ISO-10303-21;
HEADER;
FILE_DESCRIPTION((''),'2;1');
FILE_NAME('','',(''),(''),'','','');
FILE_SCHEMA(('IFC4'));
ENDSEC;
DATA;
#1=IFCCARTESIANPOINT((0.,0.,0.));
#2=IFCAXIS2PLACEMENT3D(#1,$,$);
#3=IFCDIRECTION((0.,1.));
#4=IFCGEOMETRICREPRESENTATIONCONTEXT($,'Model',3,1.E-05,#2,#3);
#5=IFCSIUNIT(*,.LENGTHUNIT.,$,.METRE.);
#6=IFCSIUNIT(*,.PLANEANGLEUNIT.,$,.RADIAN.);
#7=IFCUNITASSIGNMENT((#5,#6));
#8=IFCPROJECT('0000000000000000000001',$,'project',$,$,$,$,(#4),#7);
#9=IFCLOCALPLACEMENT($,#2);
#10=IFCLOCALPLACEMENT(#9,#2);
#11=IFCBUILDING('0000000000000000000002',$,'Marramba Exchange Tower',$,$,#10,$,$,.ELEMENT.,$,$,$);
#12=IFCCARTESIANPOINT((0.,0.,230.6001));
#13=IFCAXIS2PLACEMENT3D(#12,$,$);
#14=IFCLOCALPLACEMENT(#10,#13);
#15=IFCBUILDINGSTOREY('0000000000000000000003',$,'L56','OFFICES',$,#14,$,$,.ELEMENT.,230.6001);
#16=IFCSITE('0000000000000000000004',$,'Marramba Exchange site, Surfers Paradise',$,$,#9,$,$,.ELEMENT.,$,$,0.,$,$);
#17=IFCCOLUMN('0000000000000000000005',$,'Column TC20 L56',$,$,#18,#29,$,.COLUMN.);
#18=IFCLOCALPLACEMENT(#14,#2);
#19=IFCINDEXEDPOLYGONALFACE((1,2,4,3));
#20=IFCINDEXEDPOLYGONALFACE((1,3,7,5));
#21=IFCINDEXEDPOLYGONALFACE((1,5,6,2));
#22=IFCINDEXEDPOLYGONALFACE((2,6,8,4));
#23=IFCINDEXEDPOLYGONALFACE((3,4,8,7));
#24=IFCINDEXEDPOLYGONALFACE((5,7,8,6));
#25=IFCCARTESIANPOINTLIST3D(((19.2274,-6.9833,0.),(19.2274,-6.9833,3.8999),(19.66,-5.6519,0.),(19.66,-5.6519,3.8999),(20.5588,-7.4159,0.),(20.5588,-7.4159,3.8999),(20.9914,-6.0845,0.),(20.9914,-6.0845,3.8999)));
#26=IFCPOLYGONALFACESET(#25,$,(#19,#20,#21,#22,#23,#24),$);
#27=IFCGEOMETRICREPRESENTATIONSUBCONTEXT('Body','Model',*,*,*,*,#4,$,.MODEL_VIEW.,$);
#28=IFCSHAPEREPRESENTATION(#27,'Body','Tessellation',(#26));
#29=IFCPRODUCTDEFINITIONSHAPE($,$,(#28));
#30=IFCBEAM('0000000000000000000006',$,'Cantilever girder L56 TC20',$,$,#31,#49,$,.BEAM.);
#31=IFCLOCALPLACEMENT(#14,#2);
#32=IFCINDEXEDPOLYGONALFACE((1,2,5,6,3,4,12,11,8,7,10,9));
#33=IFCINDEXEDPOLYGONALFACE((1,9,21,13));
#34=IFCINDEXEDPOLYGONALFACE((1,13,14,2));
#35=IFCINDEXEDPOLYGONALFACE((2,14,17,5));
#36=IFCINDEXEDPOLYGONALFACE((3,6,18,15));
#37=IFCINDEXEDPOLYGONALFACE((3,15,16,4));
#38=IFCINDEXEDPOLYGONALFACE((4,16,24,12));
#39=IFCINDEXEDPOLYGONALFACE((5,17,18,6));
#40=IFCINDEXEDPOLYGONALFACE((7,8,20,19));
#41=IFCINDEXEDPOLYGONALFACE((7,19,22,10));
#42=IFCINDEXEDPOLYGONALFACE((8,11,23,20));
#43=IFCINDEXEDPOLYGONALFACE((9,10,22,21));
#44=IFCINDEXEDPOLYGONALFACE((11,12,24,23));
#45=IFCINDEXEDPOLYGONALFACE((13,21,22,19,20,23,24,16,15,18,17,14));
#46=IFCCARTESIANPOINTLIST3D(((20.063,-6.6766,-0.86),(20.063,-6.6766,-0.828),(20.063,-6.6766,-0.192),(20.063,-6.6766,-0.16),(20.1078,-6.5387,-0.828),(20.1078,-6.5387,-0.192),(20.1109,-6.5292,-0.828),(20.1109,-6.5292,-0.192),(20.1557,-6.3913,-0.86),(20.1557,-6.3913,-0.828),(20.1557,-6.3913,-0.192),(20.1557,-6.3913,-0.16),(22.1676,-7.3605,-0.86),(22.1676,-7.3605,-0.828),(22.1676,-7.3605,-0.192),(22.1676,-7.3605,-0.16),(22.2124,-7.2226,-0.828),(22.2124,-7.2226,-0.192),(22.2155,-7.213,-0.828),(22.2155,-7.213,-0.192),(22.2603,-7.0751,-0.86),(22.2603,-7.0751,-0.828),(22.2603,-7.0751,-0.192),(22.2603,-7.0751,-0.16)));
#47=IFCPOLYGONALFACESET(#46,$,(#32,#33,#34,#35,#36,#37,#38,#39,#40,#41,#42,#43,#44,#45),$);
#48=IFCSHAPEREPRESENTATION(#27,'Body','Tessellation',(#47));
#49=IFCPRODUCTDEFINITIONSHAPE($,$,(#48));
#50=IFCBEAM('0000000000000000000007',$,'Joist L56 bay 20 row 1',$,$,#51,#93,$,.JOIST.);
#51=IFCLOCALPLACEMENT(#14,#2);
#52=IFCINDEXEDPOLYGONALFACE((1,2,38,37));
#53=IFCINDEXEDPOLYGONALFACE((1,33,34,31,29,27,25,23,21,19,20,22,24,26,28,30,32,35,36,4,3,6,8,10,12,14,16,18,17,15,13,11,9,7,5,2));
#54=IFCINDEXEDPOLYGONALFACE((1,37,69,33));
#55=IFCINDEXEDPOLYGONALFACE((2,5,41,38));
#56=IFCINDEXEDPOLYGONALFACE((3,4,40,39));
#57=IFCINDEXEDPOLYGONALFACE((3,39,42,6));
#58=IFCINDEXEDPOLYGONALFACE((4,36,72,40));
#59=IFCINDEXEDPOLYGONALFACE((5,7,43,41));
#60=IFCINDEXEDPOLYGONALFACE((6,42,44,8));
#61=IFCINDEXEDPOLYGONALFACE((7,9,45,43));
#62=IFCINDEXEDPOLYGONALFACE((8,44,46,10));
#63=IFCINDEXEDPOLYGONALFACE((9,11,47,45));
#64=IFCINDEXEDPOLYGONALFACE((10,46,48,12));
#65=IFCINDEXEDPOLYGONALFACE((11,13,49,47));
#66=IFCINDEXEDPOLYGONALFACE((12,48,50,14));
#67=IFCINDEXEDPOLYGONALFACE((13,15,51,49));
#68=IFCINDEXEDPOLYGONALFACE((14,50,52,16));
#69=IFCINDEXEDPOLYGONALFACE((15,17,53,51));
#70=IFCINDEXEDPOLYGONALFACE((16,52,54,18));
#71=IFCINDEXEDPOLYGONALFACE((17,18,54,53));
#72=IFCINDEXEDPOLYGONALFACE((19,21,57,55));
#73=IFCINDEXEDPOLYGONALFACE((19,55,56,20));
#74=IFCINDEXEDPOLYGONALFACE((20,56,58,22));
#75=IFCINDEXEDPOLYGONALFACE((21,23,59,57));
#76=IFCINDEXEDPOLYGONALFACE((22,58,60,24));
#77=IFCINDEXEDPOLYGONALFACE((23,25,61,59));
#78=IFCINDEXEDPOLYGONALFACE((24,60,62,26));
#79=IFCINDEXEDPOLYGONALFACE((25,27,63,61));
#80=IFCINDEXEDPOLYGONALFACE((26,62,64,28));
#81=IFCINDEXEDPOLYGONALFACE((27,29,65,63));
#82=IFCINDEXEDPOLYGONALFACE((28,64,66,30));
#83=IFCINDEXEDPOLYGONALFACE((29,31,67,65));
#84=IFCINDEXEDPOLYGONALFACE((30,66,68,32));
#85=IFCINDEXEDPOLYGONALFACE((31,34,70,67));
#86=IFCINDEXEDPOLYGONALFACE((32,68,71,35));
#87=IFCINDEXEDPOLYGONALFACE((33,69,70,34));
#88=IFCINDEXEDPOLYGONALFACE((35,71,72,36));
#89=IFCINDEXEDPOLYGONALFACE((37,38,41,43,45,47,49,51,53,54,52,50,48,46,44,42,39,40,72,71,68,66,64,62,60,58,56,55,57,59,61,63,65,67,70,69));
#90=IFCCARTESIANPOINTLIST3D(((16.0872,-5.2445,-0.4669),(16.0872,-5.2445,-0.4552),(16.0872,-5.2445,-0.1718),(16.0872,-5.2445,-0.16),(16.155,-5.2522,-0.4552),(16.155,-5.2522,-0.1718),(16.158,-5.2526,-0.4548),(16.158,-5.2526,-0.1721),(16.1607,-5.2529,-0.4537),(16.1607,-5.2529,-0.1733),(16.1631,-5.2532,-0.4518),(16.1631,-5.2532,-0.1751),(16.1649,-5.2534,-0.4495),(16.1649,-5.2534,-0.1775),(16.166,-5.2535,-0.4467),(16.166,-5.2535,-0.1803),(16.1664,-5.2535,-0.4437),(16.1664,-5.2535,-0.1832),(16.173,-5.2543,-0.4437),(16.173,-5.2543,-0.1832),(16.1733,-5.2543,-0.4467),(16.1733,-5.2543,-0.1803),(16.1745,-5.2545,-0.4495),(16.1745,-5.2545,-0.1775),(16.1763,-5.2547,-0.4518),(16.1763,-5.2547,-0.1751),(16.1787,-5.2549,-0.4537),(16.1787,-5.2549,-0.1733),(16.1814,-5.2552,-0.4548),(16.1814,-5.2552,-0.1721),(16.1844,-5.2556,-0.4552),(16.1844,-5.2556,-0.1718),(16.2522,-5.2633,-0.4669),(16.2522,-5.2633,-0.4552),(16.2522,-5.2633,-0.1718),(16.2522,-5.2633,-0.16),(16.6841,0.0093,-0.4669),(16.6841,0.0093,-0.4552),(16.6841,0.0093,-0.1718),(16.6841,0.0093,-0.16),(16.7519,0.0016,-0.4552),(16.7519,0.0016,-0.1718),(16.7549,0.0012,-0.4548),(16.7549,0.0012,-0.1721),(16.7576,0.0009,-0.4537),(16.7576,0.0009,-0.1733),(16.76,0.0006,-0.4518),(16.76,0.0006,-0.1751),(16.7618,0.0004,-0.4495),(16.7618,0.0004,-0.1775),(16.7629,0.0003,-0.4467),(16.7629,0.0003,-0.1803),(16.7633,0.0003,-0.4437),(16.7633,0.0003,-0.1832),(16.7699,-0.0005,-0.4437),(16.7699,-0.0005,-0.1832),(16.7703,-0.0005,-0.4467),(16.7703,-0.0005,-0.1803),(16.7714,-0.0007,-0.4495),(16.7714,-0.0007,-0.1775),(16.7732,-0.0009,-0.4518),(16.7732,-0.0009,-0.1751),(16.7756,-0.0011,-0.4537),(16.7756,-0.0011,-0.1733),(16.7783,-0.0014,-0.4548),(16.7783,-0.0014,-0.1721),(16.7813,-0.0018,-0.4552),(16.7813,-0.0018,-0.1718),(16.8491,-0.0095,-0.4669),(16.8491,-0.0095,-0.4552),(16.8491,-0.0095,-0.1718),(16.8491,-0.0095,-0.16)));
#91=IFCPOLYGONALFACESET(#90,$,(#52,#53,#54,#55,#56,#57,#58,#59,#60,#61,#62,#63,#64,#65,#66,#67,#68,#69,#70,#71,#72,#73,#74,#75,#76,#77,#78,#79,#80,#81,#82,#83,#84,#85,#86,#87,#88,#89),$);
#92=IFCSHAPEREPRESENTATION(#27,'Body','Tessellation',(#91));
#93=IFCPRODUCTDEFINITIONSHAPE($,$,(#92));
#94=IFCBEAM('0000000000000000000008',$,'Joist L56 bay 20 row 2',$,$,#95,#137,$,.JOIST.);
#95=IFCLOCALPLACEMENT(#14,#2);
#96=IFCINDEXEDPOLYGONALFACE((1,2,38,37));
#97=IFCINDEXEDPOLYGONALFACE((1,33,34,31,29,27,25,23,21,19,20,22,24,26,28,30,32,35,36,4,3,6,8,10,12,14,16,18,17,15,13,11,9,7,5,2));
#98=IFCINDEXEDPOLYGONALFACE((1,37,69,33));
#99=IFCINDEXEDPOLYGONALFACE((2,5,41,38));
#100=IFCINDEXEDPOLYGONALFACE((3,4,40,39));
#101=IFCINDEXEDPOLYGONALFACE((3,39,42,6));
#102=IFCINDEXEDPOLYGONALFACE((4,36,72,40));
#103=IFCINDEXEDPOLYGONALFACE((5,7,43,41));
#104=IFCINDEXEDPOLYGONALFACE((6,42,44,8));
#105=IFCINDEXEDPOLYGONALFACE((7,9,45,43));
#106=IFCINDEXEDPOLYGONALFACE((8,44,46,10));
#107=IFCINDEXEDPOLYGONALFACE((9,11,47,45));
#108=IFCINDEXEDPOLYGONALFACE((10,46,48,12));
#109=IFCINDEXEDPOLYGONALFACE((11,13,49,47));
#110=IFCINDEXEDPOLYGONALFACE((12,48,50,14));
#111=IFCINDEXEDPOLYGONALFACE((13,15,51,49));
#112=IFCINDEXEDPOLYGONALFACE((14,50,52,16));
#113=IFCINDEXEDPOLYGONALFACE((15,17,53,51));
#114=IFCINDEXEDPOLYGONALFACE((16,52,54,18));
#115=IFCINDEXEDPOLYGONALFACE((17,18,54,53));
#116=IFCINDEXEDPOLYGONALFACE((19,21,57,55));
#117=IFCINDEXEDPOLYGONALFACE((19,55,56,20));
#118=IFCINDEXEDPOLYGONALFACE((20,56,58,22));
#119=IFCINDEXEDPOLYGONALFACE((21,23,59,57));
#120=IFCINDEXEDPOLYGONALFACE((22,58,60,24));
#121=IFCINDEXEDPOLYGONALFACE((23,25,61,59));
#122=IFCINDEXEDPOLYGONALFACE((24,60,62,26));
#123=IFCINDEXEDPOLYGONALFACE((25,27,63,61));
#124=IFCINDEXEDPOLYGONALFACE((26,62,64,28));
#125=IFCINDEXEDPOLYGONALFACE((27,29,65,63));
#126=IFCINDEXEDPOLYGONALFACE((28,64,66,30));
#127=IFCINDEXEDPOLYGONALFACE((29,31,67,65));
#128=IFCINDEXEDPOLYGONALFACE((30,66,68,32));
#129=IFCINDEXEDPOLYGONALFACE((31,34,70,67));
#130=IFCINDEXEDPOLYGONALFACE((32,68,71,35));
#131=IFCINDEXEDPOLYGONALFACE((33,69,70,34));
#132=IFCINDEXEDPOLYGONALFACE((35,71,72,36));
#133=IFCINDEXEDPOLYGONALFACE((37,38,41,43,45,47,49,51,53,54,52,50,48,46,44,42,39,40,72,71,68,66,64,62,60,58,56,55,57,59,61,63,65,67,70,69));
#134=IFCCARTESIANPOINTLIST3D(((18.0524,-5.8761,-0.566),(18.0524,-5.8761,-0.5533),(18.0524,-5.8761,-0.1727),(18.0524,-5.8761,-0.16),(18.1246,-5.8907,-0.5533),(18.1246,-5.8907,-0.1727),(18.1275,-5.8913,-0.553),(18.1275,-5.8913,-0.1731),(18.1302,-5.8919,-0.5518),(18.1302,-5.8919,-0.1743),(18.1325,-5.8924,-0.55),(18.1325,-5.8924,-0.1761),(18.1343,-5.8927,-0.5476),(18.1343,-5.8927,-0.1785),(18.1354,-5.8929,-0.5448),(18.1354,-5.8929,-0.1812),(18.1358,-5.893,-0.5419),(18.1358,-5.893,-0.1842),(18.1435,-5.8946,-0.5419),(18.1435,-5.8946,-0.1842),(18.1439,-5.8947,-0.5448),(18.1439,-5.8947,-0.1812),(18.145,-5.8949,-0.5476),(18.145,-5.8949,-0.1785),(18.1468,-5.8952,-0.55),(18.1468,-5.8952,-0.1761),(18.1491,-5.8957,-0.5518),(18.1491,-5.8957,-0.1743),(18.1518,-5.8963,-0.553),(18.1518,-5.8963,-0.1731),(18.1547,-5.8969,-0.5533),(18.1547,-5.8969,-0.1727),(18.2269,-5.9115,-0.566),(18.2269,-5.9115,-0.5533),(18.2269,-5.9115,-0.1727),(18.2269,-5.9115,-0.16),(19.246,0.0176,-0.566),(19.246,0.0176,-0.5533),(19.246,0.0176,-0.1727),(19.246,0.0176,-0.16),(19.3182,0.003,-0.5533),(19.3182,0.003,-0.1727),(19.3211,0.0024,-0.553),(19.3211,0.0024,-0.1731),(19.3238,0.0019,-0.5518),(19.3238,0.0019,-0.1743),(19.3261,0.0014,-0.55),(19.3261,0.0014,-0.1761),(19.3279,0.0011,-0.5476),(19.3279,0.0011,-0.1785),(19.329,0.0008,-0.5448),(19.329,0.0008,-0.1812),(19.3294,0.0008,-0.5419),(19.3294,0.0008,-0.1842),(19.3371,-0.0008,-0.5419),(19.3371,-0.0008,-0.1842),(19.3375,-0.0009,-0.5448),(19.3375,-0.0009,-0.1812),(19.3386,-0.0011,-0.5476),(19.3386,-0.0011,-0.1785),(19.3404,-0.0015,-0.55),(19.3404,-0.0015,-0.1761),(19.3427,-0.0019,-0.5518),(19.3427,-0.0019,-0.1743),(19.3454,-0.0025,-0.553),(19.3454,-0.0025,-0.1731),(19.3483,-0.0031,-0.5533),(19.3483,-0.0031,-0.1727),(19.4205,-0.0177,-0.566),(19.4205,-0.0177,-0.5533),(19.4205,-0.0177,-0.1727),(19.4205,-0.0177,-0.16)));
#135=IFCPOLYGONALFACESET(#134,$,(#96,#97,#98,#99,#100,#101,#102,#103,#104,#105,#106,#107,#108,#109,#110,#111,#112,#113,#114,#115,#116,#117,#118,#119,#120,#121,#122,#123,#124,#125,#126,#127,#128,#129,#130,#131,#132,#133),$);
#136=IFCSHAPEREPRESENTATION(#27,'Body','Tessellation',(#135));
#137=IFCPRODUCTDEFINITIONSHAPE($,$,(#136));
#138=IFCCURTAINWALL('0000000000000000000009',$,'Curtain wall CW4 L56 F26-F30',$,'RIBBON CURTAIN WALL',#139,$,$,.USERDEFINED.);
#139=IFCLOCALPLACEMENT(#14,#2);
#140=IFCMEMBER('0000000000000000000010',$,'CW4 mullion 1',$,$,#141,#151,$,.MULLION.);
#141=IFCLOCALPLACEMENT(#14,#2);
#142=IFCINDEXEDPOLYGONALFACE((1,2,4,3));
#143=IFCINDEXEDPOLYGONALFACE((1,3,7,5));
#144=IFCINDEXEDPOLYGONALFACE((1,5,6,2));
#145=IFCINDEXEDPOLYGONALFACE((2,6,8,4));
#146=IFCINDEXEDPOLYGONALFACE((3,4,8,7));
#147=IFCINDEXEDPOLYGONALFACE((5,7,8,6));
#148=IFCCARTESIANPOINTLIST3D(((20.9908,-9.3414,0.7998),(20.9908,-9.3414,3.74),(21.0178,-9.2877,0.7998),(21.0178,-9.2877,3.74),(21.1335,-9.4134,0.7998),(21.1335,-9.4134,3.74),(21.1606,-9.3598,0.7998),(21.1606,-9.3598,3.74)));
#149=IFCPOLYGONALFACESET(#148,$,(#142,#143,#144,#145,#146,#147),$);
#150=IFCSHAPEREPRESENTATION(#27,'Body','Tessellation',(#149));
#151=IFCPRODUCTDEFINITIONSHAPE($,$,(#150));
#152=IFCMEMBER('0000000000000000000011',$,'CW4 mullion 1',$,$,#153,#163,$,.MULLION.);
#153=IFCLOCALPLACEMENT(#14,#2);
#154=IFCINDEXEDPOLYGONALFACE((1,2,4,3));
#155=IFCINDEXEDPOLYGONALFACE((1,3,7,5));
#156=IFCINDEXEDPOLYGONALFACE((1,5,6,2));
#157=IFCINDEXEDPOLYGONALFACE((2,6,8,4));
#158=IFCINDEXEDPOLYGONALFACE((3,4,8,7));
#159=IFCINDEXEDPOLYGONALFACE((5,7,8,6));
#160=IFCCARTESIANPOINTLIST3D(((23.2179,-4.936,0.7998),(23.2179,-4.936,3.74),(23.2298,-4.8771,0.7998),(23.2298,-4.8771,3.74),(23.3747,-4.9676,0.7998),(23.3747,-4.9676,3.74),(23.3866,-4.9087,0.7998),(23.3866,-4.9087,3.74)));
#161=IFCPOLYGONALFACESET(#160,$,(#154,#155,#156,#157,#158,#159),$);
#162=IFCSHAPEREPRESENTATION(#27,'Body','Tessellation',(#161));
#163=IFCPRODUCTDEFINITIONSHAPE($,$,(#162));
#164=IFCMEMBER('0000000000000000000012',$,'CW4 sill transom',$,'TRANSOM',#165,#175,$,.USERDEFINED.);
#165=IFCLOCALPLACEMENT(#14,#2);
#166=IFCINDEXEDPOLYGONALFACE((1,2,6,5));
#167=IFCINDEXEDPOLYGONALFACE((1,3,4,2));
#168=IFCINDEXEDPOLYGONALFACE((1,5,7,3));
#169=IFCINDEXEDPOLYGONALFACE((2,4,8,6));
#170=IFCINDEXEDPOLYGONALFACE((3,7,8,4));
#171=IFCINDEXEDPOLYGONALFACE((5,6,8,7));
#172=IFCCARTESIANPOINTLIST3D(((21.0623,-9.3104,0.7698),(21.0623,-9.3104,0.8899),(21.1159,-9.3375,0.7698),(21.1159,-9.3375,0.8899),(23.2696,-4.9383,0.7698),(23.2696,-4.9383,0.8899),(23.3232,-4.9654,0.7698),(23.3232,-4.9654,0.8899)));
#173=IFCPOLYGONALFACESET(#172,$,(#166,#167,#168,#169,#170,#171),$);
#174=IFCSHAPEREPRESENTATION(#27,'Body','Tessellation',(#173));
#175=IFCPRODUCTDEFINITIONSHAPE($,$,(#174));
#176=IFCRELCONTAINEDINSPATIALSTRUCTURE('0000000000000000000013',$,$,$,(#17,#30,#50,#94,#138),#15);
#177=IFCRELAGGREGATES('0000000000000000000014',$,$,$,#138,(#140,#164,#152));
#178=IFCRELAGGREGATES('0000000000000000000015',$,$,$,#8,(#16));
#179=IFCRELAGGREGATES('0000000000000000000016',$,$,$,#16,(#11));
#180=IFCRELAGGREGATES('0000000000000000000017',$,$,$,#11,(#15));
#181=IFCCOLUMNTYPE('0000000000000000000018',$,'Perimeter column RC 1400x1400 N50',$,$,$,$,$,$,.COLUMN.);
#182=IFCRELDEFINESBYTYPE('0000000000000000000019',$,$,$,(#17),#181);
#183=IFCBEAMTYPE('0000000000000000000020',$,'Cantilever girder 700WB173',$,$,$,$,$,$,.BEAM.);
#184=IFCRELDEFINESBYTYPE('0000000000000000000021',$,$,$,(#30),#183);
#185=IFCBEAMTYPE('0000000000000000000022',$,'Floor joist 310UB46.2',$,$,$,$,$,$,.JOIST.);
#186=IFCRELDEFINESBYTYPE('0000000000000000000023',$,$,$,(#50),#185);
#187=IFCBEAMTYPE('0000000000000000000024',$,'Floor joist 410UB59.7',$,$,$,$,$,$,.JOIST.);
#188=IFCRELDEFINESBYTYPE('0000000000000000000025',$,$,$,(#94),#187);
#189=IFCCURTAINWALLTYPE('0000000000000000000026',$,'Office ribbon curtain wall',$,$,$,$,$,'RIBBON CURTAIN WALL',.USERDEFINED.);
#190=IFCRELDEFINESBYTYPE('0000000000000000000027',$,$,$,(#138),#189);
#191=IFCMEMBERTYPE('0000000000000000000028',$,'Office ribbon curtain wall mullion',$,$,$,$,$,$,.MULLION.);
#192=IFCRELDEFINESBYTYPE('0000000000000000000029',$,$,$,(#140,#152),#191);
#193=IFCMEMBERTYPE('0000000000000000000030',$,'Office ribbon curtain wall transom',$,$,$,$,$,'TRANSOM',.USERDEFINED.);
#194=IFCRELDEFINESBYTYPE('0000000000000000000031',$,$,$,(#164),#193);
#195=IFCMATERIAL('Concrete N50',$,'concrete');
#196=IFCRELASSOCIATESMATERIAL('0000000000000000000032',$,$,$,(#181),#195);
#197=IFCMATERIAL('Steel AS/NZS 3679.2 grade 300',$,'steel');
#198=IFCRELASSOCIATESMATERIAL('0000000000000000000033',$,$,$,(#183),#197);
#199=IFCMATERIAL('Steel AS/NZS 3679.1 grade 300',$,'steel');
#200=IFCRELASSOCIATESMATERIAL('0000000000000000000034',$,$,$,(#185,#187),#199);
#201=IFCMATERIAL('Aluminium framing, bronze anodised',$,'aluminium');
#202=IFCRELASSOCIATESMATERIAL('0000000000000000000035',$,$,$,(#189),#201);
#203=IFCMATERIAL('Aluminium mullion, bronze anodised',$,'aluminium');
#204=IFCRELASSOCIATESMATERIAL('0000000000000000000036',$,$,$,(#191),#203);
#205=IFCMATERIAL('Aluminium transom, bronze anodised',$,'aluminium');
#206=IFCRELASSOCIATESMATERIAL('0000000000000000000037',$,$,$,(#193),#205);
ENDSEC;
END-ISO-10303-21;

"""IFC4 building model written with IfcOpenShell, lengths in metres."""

from ifc_helpers import new_model, si_unit, direction, frame, origin, origin_2d, place, context, subcontext, project, spatial, rectangle, i_section, extrude, material, material_profile, profile_set, type_object, element, aggregate, save


model = new_model("IFC4")

# Units and contexts
model_context = context("Model", 3, precision=1e-05, world=origin(), true_north=direction((0.0, 1.0)))
body_context = subcontext(model_context, "Body", "Model", "MODEL_VIEW")
ifc_project = project(units=[si_unit("LENGTHUNIT", "METRE"), si_unit("PLANEANGLEUNIT", "RADIAN")], contexts=[model_context])

# Site, building, storey
site_placement = place(None, origin())
site = spatial("IfcSite", under=ifc_project, at=site_placement, Name="Marramba Exchange site, Surfers Paradise", CompositionType="ELEMENT", RefElevation=0.0)
building_placement = place(site_placement, origin())
building = spatial("IfcBuilding", under=site, at=building_placement, Name="Marramba Exchange Tower", CompositionType="ELEMENT")
storey_placement = place(building_placement, frame((0.0, 0.0, 230.6001)))
storey = spatial("IfcBuildingStorey", under=building, at=storey_placement, Name="L56", Description="OFFICES", CompositionType="ELEMENT", Elevation=230.6001)

# Column
ifc_material_1 = material(Name="Concrete N50", Category="concrete")
ifc_material_profile_1 = material_profile(ifc_material_1, rectangle(XDim=1.3999, YDim=1.3999, at=origin_2d()), Name="RC 1400x1400")
ifc_profile_set_1 = profile_set([ifc_material_profile_1], Name="Concrete N50")
column_type = type_object("IfcColumnType", Name="Perimeter column RC 1400x1400 N50", PredefinedType="COLUMN", material=ifc_profile_set_1)
column_placement = place(storey_placement, frame((20.1094, -6.5339, 0.0), z_axis=(0.0, 0.0, 1.0), x_axis=(0.951057, -0.309017, 0.0)))
element("IfcColumn", 1, at=column_placement, inside=storey, type_object=column_type, Name="Column TC20 L56", PredefinedType="COLUMN", context=body_context, shape_type="SweptSolid", body=[
    extrude(rectangle(XDim=1.3999, YDim=1.3999, at=origin_2d()), origin(), (0.0, 0.0, 1.0), 3.8999),
])

# Beams
ifc_material_2 = material(Name="Steel AS/NZS 3679.2 grade 300", Category="steel")
ifc_material_profile_2 = material_profile(ifc_material_2, i_section(OverallWidth=0.3, OverallDepth=0.7, WebThickness=0.01, FlangeThickness=0.032, at=origin_2d()), Name="700WB173")
ifc_profile_set_2 = profile_set([ifc_material_profile_2], Name="Steel AS/NZS 3679.2 grade 300")
beam_type_1 = type_object("IfcBeamType", Name="Cantilever girder 700WB173", PredefinedType="BEAM", material=ifc_profile_set_2)
beam_1_placement = place(storey_placement, frame((20.1094, -6.5339, -0.51), z_axis=(0.95105, -0.309036, 0.0), x_axis=(0.309036, 0.95105, 0.0)))
element("IfcBeam", 2, at=beam_1_placement, inside=storey, type_object=beam_type_1, Name="Cantilever girder L56 TC20", PredefinedType="BEAM", context=body_context, shape_type="SweptSolid", body=[
    extrude(i_section(OverallWidth=0.3, OverallDepth=0.7, WebThickness=0.01, FlangeThickness=0.032, at=origin_2d()), origin(), (0.0, 0.0, 1.0), 2.2129),
])
ifc_material_3 = material(Name="Steel AS/NZS 3679.1 grade 300", Category="steel")
ifc_material_profile_3 = material_profile(ifc_material_3, i_section(OverallWidth=0.166, OverallDepth=0.3069, WebThickness=0.0066, FlangeThickness=0.0117, FilletRadius=0.0115, at=origin_2d()), Name="310UB46.2")
ifc_profile_set_3 = profile_set([ifc_material_profile_3], Name="Steel AS/NZS 3679.1 grade 300")
beam_type_2 = type_object("IfcBeamType", Name="Floor joist 310UB46.2", PredefinedType="JOIST", material=ifc_profile_set_3)
beam_2_placement = place(storey_placement, frame((16.1697, -5.2539, -0.3135), z_axis=(0.112889, 0.993608, 0.0), x_axis=(-0.993608, 0.112889, 0.0)))
element("IfcBeam", 3, at=beam_2_placement, inside=storey, type_object=beam_type_2, Name="Joist L56 bay 20 row 1", PredefinedType="JOIST", context=body_context, shape_type="SweptSolid", body=[
    extrude(i_section(OverallWidth=0.166, OverallDepth=0.3069, WebThickness=0.0066, FlangeThickness=0.0117, FilletRadius=0.0115, at=origin_2d()), origin(), (0.0, 0.0, 1.0), 5.2876),
])
ifc_material_profile_4 = material_profile(ifc_material_3, i_section(OverallWidth=0.178, OverallDepth=0.406, WebThickness=0.0078, FlangeThickness=0.0127, FilletRadius=0.0115, at=origin_2d()), Name="410UB59.7")
ifc_profile_set_4 = profile_set([ifc_material_profile_4], Name="Steel AS/NZS 3679.1 grade 300")
beam_type_3 = type_object("IfcBeamType", Name="Floor joist 410UB59.7", PredefinedType="JOIST", material=ifc_profile_set_4)
beam_3_placement = place(storey_placement, frame((18.1396, -5.8938, -0.363), z_axis=(0.198489, 0.980103, 0.0), x_axis=(-0.980103, 0.198489, 0.0)))
element("IfcBeam", 4, at=beam_3_placement, inside=storey, type_object=beam_type_3, Name="Joist L56 bay 20 row 2", PredefinedType="JOIST", context=body_context, shape_type="SweptSolid", body=[
    extrude(i_section(OverallWidth=0.178, OverallDepth=0.406, WebThickness=0.0078, FlangeThickness=0.0127, FilletRadius=0.0115, at=origin_2d()), origin(), (0.0, 0.0, 1.0), 6.0134),
])

# Curtain wall, members
ifc_material_4 = material(Name="Aluminium framing, bronze anodised", Category="aluminium")
curtain_wall_type = type_object("IfcCurtainWallType", Name="Office ribbon curtain wall", ElementType="RIBBON CURTAIN WALL", PredefinedType="USERDEFINED", material=ifc_material_4)
curtain_wall_placement = place(storey_placement, origin())
curtain_wall = element("IfcCurtainWall", 5, at=curtain_wall_placement, inside=storey, type_object=curtain_wall_type, Name="Curtain wall CW4 L56 F26-F30", ObjectType="RIBBON CURTAIN WALL", PredefinedType="USERDEFINED")
ifc_material_5 = material(Name="Aluminium mullion, bronze anodised", Category="aluminium")
ifc_material_profile_5 = material_profile(ifc_material_5, rectangle(XDim=0.1599, YDim=0.0601, at=origin_2d()), Name="CW4 mullion 60x160")
ifc_profile_set_5 = profile_set([ifc_material_profile_5], Name="Aluminium mullion, bronze anodised")
member_type_1 = type_object("IfcMemberType", Name="Office ribbon curtain wall mullion", PredefinedType="MULLION", material=ifc_profile_set_5)
member_1_placement = place(storey_placement, frame((21.0757, -9.3506, 0.7998), z_axis=(0.0, 0.0, 1.0), x_axis=(-0.892689, 0.450673, 0.0)))
member_1 = element("IfcMember", 6, at=member_1_placement, type_object=member_type_1, Name="CW4 mullion 1", PredefinedType="MULLION", context=body_context, shape_type="SweptSolid", body=[
    extrude(rectangle(XDim=0.1599, YDim=0.0601, at=origin_2d()), origin(), (0.0, 0.0, 1.0), 2.9402),
])
member_2_placement = place(storey_placement, frame((23.3022, -4.9224, 0.7998), z_axis=(0.0, 0.0, 1.0), x_axis=(-0.980304, 0.197495, 0.0)))
member_2 = element("IfcMember", 7, at=member_2_placement, type_object=member_type_1, Name="CW4 mullion 1", PredefinedType="MULLION", context=body_context, shape_type="SweptSolid", body=[
    extrude(rectangle(XDim=0.1599, YDim=0.0601, at=origin_2d()), origin(), (0.0, 0.0, 1.0), 2.9402),
])
ifc_material_6 = material(Name="Aluminium transom, bronze anodised", Category="aluminium")
ifc_material_profile_6 = material_profile(ifc_material_6, rectangle(XDim=0.0601, YDim=0.1201, at=origin_2d()), Name="CW4 transom 60x120")
ifc_profile_set_6 = profile_set([ifc_material_profile_6], Name="Aluminium transom, bronze anodised")
member_type_2 = type_object("IfcMemberType", Name="Office ribbon curtain wall transom", ElementType="TRANSOM", PredefinedType="USERDEFINED", material=ifc_profile_set_6)
member_3_placement = place(storey_placement, frame((21.0891, -9.324, 0.8298), z_axis=(0.45068, 0.892686, 0.0), x_axis=(-0.892686, 0.45068, 0.0)))
member_3 = element("IfcMember", 8, at=member_3_placement, type_object=member_type_2, Name="CW4 sill transom", ObjectType="TRANSOM", PredefinedType="USERDEFINED", context=body_context, shape_type="SweptSolid", body=[
    extrude(rectangle(XDim=0.0601, YDim=0.1201, at=origin_2d()), origin(), (0.0, 0.0, 1.0), 4.8977),
])

aggregate(curtain_wall, [member_1, member_3, member_2])

save(model, "model.ifc")
